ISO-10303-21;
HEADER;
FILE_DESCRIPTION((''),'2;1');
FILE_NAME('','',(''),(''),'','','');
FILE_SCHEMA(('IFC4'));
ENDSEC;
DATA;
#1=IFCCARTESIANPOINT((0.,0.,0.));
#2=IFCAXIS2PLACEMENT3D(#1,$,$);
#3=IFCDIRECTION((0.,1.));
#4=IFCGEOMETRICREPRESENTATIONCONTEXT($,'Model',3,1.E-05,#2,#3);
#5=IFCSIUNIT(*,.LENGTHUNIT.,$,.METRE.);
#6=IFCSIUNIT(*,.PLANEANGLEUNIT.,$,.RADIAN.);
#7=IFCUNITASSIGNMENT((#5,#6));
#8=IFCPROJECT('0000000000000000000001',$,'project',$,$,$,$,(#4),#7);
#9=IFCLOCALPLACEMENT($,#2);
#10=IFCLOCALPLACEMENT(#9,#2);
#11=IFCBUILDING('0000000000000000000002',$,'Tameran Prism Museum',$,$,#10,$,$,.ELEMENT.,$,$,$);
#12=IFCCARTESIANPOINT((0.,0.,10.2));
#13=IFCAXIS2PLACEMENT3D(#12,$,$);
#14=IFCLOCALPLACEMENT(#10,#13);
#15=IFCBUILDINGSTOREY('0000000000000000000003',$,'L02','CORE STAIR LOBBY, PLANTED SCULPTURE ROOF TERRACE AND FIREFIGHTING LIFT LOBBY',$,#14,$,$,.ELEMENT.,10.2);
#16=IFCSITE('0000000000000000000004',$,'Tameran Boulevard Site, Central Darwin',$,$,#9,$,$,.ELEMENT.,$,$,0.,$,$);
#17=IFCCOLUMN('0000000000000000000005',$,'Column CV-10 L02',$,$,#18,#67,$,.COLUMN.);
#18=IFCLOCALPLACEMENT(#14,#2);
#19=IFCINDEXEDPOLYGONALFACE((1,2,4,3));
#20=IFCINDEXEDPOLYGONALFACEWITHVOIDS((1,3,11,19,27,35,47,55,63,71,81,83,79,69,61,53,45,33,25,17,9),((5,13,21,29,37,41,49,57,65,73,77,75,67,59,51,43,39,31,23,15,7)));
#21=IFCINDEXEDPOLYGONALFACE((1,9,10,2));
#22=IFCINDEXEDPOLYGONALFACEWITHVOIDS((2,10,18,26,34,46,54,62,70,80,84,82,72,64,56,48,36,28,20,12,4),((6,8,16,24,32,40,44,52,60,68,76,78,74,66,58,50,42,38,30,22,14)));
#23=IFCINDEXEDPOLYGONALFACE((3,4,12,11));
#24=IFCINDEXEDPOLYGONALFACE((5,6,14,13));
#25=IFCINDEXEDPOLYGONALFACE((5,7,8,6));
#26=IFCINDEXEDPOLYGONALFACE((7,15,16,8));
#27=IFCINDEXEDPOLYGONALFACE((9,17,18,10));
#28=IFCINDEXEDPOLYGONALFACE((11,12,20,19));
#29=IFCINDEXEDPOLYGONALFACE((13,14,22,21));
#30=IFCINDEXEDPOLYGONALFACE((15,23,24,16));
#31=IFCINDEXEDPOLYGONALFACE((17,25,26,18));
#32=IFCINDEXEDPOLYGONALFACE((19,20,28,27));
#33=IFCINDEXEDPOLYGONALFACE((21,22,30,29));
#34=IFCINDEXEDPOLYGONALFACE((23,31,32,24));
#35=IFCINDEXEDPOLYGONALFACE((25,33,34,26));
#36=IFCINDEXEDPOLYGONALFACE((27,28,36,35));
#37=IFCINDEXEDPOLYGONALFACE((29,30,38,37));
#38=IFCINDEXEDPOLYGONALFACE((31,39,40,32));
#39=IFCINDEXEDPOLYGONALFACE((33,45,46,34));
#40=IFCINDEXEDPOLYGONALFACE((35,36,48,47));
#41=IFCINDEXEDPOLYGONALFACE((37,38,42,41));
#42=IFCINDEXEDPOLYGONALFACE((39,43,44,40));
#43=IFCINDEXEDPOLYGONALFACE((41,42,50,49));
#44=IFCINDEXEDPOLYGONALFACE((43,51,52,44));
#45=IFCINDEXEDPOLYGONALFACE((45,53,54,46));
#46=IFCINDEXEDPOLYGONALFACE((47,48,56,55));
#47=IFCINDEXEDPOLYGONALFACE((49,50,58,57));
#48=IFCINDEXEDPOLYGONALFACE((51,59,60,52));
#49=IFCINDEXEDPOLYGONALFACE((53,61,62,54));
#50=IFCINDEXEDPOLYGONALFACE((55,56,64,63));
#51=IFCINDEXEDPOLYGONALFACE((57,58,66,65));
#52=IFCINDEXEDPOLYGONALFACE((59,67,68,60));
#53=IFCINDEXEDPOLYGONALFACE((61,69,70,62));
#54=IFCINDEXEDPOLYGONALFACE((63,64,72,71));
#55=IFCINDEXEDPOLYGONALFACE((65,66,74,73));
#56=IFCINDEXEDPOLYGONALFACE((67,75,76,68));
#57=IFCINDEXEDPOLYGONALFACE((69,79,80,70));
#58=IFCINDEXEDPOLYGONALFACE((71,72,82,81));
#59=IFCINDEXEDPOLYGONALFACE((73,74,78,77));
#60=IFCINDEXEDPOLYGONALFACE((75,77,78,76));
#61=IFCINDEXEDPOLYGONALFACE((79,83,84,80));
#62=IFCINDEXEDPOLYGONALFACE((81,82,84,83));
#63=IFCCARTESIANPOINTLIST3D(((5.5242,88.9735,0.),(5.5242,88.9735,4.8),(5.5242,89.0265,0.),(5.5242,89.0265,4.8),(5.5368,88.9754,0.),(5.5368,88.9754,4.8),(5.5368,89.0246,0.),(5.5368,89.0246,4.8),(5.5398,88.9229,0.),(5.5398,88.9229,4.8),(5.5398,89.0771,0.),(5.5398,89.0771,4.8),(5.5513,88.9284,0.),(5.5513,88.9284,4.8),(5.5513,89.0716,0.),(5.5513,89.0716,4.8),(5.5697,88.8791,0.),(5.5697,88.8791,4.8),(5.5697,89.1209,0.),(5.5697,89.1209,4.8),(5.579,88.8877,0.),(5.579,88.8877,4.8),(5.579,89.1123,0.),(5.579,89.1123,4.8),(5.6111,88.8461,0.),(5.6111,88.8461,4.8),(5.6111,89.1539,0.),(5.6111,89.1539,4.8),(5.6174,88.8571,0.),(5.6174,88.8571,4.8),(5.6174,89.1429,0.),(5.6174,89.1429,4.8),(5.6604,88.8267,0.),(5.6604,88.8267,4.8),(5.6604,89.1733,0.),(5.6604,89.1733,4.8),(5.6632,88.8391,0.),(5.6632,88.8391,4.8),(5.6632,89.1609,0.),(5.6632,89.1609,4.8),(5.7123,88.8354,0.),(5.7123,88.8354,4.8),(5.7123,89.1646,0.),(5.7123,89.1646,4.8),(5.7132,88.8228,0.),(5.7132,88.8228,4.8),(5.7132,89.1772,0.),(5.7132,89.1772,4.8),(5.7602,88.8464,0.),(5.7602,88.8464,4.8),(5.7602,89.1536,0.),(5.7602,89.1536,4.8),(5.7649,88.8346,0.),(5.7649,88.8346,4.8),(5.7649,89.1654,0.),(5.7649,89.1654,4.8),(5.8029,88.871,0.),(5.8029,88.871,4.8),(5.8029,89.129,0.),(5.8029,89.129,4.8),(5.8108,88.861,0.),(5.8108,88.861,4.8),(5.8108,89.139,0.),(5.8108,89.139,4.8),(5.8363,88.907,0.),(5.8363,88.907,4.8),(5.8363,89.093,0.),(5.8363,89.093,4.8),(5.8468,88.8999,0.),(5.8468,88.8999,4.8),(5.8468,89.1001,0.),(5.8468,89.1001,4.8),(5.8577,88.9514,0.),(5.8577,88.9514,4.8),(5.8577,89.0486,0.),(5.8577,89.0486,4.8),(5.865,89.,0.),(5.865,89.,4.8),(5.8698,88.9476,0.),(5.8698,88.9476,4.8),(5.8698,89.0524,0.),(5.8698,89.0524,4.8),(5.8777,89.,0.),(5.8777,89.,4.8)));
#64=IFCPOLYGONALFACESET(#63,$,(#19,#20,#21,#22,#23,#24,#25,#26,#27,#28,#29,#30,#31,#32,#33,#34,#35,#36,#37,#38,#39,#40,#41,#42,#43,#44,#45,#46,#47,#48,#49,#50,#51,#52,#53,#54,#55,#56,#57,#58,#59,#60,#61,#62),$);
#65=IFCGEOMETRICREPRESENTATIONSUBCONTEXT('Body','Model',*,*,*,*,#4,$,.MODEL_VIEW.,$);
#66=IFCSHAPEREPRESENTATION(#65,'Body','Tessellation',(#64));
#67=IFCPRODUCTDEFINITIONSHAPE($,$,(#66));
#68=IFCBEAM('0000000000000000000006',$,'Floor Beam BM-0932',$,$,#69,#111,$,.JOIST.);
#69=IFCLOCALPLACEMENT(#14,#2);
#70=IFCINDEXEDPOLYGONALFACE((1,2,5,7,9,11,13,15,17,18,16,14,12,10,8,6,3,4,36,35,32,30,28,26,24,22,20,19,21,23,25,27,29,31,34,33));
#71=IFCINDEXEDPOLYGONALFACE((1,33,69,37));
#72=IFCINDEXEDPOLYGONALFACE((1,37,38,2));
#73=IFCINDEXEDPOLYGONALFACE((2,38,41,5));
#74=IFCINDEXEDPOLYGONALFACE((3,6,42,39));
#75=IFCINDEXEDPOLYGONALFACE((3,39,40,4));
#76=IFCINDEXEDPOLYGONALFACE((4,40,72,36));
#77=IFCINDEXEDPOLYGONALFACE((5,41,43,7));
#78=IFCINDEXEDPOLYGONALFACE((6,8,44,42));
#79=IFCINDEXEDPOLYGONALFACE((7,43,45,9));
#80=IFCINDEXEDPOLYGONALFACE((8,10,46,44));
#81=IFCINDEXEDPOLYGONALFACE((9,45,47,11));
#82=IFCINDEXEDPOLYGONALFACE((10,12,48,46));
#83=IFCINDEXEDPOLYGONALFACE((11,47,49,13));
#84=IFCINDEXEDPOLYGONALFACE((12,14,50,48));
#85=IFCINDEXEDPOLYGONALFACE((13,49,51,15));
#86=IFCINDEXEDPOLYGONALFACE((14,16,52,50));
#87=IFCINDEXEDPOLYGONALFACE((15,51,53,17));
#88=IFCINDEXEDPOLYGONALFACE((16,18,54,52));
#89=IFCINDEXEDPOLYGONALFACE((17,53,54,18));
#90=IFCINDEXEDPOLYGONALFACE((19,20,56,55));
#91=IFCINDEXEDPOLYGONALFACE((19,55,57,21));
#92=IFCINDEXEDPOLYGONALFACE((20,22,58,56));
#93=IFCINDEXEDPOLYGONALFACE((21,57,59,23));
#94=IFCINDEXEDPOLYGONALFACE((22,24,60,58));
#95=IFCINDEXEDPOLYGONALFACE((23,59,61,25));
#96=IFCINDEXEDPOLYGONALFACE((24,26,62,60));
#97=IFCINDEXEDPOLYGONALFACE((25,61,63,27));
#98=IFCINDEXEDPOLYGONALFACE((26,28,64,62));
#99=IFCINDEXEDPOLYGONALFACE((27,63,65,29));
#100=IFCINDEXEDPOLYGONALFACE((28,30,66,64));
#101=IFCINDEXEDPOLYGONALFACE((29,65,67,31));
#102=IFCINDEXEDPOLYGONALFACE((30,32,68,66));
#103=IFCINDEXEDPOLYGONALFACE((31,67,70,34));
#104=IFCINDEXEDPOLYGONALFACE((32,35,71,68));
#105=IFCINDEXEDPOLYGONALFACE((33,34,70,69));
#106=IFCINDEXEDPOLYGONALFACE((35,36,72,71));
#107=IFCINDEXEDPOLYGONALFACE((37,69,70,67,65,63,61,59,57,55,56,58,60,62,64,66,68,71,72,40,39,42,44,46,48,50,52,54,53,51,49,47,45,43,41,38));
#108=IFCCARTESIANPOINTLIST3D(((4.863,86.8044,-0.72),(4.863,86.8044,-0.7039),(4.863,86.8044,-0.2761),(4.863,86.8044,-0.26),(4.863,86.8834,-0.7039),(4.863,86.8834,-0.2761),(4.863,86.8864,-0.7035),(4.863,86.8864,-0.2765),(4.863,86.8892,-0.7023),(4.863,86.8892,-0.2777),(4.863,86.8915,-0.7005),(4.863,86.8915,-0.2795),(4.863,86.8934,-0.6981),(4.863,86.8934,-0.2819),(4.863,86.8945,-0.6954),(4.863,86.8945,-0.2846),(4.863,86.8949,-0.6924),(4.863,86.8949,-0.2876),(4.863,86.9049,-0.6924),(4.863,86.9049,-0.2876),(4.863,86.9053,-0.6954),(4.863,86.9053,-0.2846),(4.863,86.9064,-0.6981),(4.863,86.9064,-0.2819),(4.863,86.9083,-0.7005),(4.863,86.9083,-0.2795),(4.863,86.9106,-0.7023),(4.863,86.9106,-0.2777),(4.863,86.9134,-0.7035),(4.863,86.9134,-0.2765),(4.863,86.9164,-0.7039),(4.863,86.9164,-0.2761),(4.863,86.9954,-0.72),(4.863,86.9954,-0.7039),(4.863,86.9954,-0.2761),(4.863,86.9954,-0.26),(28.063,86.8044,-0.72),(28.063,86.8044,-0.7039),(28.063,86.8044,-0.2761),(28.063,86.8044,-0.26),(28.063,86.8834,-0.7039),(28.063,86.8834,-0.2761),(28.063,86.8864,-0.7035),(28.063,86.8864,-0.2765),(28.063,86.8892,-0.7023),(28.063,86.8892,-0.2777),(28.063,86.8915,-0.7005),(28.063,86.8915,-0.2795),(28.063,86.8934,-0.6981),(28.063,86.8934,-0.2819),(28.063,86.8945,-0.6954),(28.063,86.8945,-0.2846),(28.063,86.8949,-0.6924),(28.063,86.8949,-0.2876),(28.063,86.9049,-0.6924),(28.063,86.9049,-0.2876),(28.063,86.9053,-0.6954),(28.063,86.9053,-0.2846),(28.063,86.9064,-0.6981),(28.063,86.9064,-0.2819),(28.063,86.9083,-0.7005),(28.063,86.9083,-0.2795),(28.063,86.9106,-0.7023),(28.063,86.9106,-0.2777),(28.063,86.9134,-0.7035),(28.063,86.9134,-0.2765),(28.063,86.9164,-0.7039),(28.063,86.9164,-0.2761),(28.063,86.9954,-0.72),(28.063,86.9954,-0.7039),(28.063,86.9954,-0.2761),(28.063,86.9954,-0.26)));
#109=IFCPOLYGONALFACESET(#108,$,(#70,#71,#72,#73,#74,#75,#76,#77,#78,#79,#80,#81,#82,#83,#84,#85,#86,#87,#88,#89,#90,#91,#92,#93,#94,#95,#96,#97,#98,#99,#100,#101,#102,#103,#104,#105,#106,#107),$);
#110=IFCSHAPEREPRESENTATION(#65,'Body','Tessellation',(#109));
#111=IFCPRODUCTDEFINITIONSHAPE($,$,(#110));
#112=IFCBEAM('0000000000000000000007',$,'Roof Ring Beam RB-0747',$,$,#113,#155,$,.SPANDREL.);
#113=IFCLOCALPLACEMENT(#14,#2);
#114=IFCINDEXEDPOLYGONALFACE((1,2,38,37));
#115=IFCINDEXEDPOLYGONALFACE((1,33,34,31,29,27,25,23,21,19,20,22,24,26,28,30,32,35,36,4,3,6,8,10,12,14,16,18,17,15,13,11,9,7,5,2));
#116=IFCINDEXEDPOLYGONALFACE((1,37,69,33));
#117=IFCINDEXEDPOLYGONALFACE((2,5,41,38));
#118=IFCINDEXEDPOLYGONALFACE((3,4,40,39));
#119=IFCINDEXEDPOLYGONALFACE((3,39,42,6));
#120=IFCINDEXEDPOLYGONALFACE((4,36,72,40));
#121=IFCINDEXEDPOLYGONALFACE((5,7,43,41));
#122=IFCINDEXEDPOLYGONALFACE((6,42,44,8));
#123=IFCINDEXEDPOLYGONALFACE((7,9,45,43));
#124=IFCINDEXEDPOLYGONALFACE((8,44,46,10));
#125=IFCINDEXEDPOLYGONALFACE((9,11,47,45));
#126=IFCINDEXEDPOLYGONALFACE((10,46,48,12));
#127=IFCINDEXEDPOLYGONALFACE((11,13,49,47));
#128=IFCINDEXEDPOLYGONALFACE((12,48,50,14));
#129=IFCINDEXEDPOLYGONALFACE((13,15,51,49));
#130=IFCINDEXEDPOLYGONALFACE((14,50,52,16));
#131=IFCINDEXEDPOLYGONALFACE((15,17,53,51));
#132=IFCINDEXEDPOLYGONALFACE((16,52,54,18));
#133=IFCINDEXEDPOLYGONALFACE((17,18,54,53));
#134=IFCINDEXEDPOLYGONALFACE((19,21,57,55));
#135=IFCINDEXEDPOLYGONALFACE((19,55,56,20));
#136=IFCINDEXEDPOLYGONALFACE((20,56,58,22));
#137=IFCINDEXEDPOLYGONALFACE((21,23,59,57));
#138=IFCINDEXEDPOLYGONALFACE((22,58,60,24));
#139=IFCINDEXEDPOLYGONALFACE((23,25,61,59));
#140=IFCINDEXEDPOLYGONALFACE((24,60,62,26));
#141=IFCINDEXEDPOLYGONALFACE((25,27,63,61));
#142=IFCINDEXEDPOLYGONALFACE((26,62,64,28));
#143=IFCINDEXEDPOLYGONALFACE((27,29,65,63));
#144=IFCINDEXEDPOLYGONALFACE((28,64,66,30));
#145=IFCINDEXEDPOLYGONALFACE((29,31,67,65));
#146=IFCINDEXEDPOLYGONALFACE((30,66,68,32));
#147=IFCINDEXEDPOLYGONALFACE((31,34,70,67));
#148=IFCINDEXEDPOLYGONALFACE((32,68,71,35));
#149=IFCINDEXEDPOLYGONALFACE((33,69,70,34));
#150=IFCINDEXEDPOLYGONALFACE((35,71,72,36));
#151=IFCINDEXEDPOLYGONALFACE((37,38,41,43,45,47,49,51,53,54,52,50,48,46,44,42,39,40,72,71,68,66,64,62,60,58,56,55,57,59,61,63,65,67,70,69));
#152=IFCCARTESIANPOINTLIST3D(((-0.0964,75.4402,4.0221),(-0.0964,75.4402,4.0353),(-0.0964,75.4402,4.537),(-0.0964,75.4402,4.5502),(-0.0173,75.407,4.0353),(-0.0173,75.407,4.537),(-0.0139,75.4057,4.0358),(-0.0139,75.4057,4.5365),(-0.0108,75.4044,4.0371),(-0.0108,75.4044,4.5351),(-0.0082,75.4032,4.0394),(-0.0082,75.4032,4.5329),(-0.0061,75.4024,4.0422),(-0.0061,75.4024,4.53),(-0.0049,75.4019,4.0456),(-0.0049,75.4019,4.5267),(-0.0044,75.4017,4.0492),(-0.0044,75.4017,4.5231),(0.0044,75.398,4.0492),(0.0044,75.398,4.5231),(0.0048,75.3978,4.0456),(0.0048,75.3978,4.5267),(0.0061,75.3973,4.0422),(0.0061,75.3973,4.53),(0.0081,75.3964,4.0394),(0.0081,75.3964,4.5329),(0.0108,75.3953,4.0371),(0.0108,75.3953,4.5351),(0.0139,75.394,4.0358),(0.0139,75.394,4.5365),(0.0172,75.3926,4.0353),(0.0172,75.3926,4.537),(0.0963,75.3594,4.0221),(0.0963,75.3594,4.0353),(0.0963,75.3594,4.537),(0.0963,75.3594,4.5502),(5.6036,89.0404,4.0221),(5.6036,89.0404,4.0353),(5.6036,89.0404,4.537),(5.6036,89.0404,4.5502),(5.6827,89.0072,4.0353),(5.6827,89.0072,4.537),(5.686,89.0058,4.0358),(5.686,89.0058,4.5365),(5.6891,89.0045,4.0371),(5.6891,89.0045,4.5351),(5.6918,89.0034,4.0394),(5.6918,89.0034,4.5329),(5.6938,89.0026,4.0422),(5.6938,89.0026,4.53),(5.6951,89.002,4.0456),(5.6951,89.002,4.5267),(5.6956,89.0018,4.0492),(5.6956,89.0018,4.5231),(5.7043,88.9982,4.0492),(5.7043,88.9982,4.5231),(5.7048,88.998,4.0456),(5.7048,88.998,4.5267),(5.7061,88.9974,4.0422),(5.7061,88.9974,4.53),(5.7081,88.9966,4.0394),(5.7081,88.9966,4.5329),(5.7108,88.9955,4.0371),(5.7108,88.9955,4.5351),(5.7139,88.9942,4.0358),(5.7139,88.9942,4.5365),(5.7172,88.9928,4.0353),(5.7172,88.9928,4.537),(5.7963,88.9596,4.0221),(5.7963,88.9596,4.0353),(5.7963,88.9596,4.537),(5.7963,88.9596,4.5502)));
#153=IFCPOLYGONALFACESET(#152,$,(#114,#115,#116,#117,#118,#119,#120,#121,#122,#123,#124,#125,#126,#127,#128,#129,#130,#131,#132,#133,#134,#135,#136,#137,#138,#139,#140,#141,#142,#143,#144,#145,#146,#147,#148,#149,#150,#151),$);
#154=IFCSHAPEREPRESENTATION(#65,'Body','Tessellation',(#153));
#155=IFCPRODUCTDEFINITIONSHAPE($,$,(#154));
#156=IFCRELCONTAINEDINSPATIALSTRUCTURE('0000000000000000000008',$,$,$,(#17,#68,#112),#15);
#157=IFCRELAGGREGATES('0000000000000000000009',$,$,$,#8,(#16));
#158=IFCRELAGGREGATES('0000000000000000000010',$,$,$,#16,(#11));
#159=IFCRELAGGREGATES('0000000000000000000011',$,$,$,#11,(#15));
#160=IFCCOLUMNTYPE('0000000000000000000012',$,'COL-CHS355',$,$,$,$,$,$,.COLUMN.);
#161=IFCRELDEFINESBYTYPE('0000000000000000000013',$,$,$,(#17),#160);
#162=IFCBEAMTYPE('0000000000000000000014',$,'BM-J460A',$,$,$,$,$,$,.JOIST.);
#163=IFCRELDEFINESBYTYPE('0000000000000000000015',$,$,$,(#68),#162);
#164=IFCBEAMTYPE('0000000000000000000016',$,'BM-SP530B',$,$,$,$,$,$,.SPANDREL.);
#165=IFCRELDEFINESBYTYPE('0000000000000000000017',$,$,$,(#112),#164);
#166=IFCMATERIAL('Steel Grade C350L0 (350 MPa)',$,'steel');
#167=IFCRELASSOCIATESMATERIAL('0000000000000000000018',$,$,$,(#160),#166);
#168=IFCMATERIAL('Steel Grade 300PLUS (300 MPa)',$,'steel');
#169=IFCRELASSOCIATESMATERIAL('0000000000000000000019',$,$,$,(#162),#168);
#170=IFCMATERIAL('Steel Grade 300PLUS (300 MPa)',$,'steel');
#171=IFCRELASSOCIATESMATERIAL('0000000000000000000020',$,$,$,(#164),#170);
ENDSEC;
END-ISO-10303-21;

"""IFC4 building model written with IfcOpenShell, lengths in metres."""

from ifc_helpers import new_model, si_unit, direction, frame, origin, origin_2d, place, context, subcontext, project, spatial, hollow_circle, i_section, extrude, material, material_profile, profile_set, type_object, element, save


model = new_model("IFC4")

# Units and contexts
model_context = context("Model", 3, precision=1e-05, world=origin(), true_north=direction((0.0, 1.0)))
body_context = subcontext(model_context, "Body", "Model", "MODEL_VIEW")
ifc_project = project(units=[si_unit("LENGTHUNIT", "METRE"), si_unit("PLANEANGLEUNIT", "RADIAN")], contexts=[model_context])

# Site, building, storey
site_placement = place(None, origin())
site = spatial("IfcSite", under=ifc_project, at=site_placement, Name="Tameran Boulevard Site, Central Darwin", CompositionType="ELEMENT", RefElevation=0.0)
building_placement = place(site_placement, origin())
building = spatial("IfcBuilding", under=site, at=building_placement, Name="Tameran Prism Museum", CompositionType="ELEMENT")
storey_placement = place(building_placement, frame((0.0, 0.0, 10.2)))
storey = spatial("IfcBuildingStorey", under=building, at=storey_placement, Name="L02", Description="CORE STAIR LOBBY, PLANTED SCULPTURE ROOF TERRACE AND FIREFIGHTING LIFT LOBBY", CompositionType="ELEMENT", Elevation=10.2)

# Column
ifc_material_1 = material(Name="Steel Grade C350L0 (350 MPa)", Category="steel")
ifc_material_profile_1 = material_profile(ifc_material_1, hollow_circle(Radius=0.1777, WallThickness=0.0127, at=origin_2d()))
ifc_profile_set_1 = profile_set([ifc_material_profile_1])
column_type = type_object("IfcColumnType", Name="COL-CHS355", PredefinedType="COLUMN", material=ifc_profile_set_1)
column_placement = place(storey_placement, frame((5.7, 89.0, 0.0), z_axis=(0.0, 0.0, 1.0), x_axis=(1.0, 0.0, 0.0)))
element("IfcColumn", 1, at=column_placement, inside=storey, type_object=column_type, Name="Column CV-10 L02", PredefinedType="COLUMN", context=body_context, shape_type="SweptSolid", body=[
    extrude(hollow_circle(Radius=0.1777, WallThickness=0.0127, at=origin_2d()), origin(), (0.0, 0.0, 1.0), 4.8),
])

# Beams
ifc_material_2 = material(Name="Steel Grade 300PLUS (300 MPa)", Category="steel")
ifc_material_profile_2 = material_profile(ifc_material_2, i_section(OverallWidth=0.1909, OverallDepth=0.46, WebThickness=0.01, FlangeThickness=0.0161, FilletRadius=0.0115, at=origin_2d()))
ifc_profile_set_2 = profile_set([ifc_material_profile_2])
beam_type_1 = type_object("IfcBeamType", Name="BM-J460A", PredefinedType="JOIST", material=ifc_profile_set_2)
beam_1_placement = place(storey_placement, frame((4.863, 86.8999, -0.49), z_axis=(1.0, 0.0, 0.0), x_axis=(0.0, 1.0, 0.0)))
element("IfcBeam", 2, at=beam_1_placement, inside=storey, type_object=beam_type_1, Name="Floor Beam BM-0932", PredefinedType="JOIST", context=body_context, shape_type="SweptSolid", body=[
    extrude(i_section(OverallWidth=0.1909, OverallDepth=0.46, WebThickness=0.01, FlangeThickness=0.0161, FilletRadius=0.0115, at=origin_2d()), origin(), (0.0, 0.0, 1.0), 23.2),
])
ifc_material_3 = material(Name="Steel Grade 300PLUS (300 MPa)", Category="steel")
ifc_material_profile_3 = material_profile(ifc_material_3, i_section(OverallWidth=0.209, OverallDepth=0.5281, WebThickness=0.0095, FlangeThickness=0.0132, FilletRadius=0.0139, at=origin_2d()))
ifc_profile_set_3 = profile_set([ifc_material_profile_3])
beam_type_2 = type_object("IfcBeamType", Name="BM-SP530B", PredefinedType="SPANDREL", material=ifc_profile_set_3)
beam_2_placement = place(storey_placement, frame((5.7, 89.0, 4.2861), z_axis=(-0.386535, -0.922275, 0.0), x_axis=(0.922275, -0.386535, 0.0)))
element("IfcBeam", 3, at=beam_2_placement, inside=storey, type_object=beam_type_2, Name="Roof Ring Beam RB-0747", PredefinedType="SPANDREL", context=body_context, shape_type="SweptSolid", body=[
    extrude(i_section(OverallWidth=0.209, OverallDepth=0.5281, WebThickness=0.0095, FlangeThickness=0.0132, FilletRadius=0.0139, at=origin_2d()), origin(), (0.0, 0.0, 1.0), 14.7463),
])

save(model, "model.ifc")
